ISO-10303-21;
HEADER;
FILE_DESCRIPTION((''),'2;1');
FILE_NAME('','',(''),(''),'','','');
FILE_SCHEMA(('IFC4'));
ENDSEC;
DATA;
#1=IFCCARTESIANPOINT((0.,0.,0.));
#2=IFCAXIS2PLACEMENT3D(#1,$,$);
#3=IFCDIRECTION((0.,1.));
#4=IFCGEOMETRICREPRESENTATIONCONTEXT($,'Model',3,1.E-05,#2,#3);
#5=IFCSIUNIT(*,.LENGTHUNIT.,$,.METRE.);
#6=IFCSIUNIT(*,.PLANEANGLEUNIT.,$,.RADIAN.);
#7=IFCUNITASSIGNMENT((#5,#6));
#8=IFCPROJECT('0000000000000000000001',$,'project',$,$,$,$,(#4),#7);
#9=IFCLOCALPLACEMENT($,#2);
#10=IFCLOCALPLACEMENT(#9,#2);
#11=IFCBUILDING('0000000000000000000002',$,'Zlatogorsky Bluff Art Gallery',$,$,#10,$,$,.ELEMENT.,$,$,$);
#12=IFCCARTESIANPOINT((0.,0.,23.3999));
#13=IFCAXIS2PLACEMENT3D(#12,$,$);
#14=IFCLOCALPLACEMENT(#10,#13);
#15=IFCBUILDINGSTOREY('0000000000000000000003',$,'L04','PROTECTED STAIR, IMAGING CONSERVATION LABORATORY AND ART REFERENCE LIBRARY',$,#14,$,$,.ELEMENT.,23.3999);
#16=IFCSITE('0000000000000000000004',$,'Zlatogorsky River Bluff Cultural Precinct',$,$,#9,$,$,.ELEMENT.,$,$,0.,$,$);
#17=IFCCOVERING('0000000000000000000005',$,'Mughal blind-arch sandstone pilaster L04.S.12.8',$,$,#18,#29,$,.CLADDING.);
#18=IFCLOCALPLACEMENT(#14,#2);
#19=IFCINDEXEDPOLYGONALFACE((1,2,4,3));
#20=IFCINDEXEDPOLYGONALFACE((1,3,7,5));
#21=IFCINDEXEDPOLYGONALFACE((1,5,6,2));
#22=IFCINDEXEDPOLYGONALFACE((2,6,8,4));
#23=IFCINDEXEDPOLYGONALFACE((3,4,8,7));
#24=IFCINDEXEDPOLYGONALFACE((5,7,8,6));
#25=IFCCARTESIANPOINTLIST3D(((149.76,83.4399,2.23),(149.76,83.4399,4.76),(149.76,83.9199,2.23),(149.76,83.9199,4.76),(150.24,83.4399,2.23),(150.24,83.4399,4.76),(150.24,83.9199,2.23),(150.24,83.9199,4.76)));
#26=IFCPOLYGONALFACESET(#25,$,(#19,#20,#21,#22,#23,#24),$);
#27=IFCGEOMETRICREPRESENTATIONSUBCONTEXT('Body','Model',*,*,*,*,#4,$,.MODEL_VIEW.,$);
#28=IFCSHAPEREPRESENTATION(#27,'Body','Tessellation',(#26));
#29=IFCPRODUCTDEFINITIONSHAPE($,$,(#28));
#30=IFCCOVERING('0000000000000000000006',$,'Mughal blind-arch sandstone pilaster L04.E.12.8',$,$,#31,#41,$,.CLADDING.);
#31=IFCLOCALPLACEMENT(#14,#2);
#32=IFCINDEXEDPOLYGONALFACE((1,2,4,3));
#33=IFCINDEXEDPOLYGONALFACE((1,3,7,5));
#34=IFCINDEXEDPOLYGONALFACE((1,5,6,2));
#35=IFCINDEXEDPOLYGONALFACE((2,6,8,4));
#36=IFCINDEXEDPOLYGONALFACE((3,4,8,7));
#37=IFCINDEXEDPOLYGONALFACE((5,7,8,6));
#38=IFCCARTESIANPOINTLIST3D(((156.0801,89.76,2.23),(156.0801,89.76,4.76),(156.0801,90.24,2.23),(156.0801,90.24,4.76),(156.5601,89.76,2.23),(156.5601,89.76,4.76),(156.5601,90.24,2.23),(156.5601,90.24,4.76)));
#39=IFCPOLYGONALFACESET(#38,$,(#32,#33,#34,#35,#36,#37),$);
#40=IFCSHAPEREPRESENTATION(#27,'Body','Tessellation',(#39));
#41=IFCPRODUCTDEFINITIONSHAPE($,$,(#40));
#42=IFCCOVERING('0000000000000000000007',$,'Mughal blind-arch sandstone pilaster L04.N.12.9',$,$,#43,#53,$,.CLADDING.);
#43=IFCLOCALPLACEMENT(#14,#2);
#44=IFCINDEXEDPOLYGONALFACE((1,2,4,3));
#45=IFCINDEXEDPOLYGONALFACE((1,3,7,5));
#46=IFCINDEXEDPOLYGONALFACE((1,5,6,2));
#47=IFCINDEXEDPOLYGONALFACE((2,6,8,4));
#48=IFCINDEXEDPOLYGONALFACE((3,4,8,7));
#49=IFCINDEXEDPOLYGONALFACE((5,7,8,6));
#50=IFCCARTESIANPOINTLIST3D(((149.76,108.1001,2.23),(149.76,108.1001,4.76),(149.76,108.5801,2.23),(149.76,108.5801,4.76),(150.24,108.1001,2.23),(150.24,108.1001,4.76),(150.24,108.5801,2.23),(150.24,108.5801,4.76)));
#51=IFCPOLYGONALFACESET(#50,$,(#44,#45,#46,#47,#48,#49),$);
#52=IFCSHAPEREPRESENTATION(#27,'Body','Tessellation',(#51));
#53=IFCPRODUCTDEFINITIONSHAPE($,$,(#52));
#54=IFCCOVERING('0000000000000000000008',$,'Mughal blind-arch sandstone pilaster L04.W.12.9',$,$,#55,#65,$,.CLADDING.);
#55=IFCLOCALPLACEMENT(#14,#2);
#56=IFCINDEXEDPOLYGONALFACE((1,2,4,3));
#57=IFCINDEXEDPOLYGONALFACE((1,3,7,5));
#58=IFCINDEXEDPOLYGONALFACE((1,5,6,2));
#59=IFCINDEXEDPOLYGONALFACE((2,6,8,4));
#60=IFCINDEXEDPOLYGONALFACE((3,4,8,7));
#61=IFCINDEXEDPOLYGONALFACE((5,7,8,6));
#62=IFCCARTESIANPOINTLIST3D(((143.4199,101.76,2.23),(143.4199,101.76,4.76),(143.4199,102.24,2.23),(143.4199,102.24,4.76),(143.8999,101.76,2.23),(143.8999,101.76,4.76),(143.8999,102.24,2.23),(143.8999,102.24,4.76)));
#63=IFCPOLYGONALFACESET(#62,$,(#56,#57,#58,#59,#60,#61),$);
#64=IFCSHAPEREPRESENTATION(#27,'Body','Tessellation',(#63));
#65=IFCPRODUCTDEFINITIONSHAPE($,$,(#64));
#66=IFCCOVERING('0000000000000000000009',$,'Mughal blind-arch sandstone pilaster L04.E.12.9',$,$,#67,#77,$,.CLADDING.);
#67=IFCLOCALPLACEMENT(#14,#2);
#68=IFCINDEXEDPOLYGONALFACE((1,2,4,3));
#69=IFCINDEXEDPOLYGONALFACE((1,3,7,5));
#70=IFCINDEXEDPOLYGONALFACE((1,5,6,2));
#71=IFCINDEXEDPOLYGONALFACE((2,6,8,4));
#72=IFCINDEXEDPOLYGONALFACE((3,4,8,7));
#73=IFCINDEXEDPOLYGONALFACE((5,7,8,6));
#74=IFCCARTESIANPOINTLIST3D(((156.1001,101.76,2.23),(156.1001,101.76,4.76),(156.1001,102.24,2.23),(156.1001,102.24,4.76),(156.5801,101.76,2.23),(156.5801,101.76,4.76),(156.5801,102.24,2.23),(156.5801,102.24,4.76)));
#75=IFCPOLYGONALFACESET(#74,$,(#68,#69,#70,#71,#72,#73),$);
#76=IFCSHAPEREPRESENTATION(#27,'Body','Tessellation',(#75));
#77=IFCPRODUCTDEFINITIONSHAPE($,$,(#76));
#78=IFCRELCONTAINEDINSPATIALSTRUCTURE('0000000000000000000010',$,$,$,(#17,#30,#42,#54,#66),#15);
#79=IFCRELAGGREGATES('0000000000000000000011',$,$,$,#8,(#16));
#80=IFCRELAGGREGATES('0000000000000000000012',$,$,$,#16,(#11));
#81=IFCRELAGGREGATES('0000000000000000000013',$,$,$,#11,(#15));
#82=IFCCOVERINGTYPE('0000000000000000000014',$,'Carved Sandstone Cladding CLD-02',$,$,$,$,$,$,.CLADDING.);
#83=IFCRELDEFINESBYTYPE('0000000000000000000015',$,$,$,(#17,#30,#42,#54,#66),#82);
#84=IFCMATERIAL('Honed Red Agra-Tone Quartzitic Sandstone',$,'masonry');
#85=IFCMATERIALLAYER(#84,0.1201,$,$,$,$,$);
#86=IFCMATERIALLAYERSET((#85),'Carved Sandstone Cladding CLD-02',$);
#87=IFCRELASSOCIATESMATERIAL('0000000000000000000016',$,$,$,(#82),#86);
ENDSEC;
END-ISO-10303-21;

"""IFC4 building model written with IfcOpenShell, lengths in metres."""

from ifc_helpers import new_model, si_unit, direction, frame, origin, place, context, subcontext, project, spatial, polyline, outline, extrude, material, layer, layer_set, type_object, element, save


model = new_model("IFC4")

# Units and contexts
model_context = context("Model", 3, precision=1e-05, world=origin(), true_north=direction((0.0, 1.0)))
body_context = subcontext(model_context, "Body", "Model", "MODEL_VIEW")
ifc_project = project(units=[si_unit("LENGTHUNIT", "METRE"), si_unit("PLANEANGLEUNIT", "RADIAN")], contexts=[model_context])

# Site, building, storey
site_placement = place(None, origin())
site = spatial("IfcSite", under=ifc_project, at=site_placement, Name="Zlatogorsky River Bluff Cultural Precinct", CompositionType="ELEMENT", RefElevation=0.0)
building_placement = place(site_placement, origin())
building = spatial("IfcBuilding", under=site, at=building_placement, Name="Zlatogorsky Bluff Art Gallery", CompositionType="ELEMENT")
storey_placement = place(building_placement, frame((0.0, 0.0, 23.3999)))
storey = spatial("IfcBuildingStorey", under=building, at=storey_placement, Name="L04", Description="PROTECTED STAIR, IMAGING CONSERVATION LABORATORY AND ART REFERENCE LIBRARY", CompositionType="ELEMENT", Elevation=23.3999)

# Coverings
ifc_material = material(Name="Honed Red Agra-Tone Quartzitic Sandstone", Category="masonry")
ifc_layer = layer(ifc_material, 0.1201)
ifc_layer_set = layer_set([ifc_layer], Name="Carved Sandstone Cladding CLD-02")
covering_type = type_object("IfcCoveringType", Name="Carved Sandstone Cladding CLD-02", PredefinedType="CLADDING", material=ifc_layer_set)
covering_1_placement = place(storey_placement, frame((0.0, 0.0, 2.23)))
element("IfcCovering", 1, at=covering_1_placement, inside=storey, type_object=covering_type, Name="Mughal blind-arch sandstone pilaster L04.S.12.8", PredefinedType="CLADDING", context=body_context, shape_type="SweptSolid", body=[
    extrude(outline(polyline([(149.76, 83.4399), (150.24, 83.4399), (150.24, 83.9199), (149.76, 83.9199), (149.76, 83.4399)])), origin(), (0.0, 0.0, 1.0), 2.53),
])
covering_2_placement = place(storey_placement, frame((0.0, 0.0, 2.23)))
element("IfcCovering", 2, at=covering_2_placement, inside=storey, type_object=covering_type, Name="Mughal blind-arch sandstone pilaster L04.E.12.8", PredefinedType="CLADDING", context=body_context, shape_type="SweptSolid", body=[
    extrude(outline(polyline([(156.0801, 89.76), (156.5601, 89.76), (156.5601, 90.24), (156.0801, 90.24), (156.0801, 89.76)])), origin(), (0.0, 0.0, 1.0), 2.53),
])
covering_3_placement = place(storey_placement, frame((0.0, 0.0, 2.23)))
element("IfcCovering", 3, at=covering_3_placement, inside=storey, type_object=covering_type, Name="Mughal blind-arch sandstone pilaster L04.N.12.9", PredefinedType="CLADDING", context=body_context, shape_type="SweptSolid", body=[
    extrude(outline(polyline([(149.76, 108.1001), (150.24, 108.1001), (150.24, 108.5801), (149.76, 108.5801), (149.76, 108.1001)])), origin(), (0.0, 0.0, 1.0), 2.53),
])
covering_4_placement = place(storey_placement, frame((0.0, 0.0, 2.23)))
element("IfcCovering", 4, at=covering_4_placement, inside=storey, type_object=covering_type, Name="Mughal blind-arch sandstone pilaster L04.W.12.9", PredefinedType="CLADDING", context=body_context, shape_type="SweptSolid", body=[
    extrude(outline(polyline([(143.4199, 101.76), (143.8999, 101.76), (143.8999, 102.24), (143.4199, 102.24), (143.4199, 101.76)])), origin(), (0.0, 0.0, 1.0), 2.53),
])
covering_5_placement = place(storey_placement, frame((0.0, 0.0, 2.23)))
element("IfcCovering", 5, at=covering_5_placement, inside=storey, type_object=covering_type, Name="Mughal blind-arch sandstone pilaster L04.E.12.9", PredefinedType="CLADDING", context=body_context, shape_type="SweptSolid", body=[
    extrude(outline(polyline([(156.1001, 101.76), (156.5801, 101.76), (156.5801, 102.24), (156.1001, 102.24), (156.1001, 101.76)])), origin(), (0.0, 0.0, 1.0), 2.53),
])

save(model, "model.ifc")
